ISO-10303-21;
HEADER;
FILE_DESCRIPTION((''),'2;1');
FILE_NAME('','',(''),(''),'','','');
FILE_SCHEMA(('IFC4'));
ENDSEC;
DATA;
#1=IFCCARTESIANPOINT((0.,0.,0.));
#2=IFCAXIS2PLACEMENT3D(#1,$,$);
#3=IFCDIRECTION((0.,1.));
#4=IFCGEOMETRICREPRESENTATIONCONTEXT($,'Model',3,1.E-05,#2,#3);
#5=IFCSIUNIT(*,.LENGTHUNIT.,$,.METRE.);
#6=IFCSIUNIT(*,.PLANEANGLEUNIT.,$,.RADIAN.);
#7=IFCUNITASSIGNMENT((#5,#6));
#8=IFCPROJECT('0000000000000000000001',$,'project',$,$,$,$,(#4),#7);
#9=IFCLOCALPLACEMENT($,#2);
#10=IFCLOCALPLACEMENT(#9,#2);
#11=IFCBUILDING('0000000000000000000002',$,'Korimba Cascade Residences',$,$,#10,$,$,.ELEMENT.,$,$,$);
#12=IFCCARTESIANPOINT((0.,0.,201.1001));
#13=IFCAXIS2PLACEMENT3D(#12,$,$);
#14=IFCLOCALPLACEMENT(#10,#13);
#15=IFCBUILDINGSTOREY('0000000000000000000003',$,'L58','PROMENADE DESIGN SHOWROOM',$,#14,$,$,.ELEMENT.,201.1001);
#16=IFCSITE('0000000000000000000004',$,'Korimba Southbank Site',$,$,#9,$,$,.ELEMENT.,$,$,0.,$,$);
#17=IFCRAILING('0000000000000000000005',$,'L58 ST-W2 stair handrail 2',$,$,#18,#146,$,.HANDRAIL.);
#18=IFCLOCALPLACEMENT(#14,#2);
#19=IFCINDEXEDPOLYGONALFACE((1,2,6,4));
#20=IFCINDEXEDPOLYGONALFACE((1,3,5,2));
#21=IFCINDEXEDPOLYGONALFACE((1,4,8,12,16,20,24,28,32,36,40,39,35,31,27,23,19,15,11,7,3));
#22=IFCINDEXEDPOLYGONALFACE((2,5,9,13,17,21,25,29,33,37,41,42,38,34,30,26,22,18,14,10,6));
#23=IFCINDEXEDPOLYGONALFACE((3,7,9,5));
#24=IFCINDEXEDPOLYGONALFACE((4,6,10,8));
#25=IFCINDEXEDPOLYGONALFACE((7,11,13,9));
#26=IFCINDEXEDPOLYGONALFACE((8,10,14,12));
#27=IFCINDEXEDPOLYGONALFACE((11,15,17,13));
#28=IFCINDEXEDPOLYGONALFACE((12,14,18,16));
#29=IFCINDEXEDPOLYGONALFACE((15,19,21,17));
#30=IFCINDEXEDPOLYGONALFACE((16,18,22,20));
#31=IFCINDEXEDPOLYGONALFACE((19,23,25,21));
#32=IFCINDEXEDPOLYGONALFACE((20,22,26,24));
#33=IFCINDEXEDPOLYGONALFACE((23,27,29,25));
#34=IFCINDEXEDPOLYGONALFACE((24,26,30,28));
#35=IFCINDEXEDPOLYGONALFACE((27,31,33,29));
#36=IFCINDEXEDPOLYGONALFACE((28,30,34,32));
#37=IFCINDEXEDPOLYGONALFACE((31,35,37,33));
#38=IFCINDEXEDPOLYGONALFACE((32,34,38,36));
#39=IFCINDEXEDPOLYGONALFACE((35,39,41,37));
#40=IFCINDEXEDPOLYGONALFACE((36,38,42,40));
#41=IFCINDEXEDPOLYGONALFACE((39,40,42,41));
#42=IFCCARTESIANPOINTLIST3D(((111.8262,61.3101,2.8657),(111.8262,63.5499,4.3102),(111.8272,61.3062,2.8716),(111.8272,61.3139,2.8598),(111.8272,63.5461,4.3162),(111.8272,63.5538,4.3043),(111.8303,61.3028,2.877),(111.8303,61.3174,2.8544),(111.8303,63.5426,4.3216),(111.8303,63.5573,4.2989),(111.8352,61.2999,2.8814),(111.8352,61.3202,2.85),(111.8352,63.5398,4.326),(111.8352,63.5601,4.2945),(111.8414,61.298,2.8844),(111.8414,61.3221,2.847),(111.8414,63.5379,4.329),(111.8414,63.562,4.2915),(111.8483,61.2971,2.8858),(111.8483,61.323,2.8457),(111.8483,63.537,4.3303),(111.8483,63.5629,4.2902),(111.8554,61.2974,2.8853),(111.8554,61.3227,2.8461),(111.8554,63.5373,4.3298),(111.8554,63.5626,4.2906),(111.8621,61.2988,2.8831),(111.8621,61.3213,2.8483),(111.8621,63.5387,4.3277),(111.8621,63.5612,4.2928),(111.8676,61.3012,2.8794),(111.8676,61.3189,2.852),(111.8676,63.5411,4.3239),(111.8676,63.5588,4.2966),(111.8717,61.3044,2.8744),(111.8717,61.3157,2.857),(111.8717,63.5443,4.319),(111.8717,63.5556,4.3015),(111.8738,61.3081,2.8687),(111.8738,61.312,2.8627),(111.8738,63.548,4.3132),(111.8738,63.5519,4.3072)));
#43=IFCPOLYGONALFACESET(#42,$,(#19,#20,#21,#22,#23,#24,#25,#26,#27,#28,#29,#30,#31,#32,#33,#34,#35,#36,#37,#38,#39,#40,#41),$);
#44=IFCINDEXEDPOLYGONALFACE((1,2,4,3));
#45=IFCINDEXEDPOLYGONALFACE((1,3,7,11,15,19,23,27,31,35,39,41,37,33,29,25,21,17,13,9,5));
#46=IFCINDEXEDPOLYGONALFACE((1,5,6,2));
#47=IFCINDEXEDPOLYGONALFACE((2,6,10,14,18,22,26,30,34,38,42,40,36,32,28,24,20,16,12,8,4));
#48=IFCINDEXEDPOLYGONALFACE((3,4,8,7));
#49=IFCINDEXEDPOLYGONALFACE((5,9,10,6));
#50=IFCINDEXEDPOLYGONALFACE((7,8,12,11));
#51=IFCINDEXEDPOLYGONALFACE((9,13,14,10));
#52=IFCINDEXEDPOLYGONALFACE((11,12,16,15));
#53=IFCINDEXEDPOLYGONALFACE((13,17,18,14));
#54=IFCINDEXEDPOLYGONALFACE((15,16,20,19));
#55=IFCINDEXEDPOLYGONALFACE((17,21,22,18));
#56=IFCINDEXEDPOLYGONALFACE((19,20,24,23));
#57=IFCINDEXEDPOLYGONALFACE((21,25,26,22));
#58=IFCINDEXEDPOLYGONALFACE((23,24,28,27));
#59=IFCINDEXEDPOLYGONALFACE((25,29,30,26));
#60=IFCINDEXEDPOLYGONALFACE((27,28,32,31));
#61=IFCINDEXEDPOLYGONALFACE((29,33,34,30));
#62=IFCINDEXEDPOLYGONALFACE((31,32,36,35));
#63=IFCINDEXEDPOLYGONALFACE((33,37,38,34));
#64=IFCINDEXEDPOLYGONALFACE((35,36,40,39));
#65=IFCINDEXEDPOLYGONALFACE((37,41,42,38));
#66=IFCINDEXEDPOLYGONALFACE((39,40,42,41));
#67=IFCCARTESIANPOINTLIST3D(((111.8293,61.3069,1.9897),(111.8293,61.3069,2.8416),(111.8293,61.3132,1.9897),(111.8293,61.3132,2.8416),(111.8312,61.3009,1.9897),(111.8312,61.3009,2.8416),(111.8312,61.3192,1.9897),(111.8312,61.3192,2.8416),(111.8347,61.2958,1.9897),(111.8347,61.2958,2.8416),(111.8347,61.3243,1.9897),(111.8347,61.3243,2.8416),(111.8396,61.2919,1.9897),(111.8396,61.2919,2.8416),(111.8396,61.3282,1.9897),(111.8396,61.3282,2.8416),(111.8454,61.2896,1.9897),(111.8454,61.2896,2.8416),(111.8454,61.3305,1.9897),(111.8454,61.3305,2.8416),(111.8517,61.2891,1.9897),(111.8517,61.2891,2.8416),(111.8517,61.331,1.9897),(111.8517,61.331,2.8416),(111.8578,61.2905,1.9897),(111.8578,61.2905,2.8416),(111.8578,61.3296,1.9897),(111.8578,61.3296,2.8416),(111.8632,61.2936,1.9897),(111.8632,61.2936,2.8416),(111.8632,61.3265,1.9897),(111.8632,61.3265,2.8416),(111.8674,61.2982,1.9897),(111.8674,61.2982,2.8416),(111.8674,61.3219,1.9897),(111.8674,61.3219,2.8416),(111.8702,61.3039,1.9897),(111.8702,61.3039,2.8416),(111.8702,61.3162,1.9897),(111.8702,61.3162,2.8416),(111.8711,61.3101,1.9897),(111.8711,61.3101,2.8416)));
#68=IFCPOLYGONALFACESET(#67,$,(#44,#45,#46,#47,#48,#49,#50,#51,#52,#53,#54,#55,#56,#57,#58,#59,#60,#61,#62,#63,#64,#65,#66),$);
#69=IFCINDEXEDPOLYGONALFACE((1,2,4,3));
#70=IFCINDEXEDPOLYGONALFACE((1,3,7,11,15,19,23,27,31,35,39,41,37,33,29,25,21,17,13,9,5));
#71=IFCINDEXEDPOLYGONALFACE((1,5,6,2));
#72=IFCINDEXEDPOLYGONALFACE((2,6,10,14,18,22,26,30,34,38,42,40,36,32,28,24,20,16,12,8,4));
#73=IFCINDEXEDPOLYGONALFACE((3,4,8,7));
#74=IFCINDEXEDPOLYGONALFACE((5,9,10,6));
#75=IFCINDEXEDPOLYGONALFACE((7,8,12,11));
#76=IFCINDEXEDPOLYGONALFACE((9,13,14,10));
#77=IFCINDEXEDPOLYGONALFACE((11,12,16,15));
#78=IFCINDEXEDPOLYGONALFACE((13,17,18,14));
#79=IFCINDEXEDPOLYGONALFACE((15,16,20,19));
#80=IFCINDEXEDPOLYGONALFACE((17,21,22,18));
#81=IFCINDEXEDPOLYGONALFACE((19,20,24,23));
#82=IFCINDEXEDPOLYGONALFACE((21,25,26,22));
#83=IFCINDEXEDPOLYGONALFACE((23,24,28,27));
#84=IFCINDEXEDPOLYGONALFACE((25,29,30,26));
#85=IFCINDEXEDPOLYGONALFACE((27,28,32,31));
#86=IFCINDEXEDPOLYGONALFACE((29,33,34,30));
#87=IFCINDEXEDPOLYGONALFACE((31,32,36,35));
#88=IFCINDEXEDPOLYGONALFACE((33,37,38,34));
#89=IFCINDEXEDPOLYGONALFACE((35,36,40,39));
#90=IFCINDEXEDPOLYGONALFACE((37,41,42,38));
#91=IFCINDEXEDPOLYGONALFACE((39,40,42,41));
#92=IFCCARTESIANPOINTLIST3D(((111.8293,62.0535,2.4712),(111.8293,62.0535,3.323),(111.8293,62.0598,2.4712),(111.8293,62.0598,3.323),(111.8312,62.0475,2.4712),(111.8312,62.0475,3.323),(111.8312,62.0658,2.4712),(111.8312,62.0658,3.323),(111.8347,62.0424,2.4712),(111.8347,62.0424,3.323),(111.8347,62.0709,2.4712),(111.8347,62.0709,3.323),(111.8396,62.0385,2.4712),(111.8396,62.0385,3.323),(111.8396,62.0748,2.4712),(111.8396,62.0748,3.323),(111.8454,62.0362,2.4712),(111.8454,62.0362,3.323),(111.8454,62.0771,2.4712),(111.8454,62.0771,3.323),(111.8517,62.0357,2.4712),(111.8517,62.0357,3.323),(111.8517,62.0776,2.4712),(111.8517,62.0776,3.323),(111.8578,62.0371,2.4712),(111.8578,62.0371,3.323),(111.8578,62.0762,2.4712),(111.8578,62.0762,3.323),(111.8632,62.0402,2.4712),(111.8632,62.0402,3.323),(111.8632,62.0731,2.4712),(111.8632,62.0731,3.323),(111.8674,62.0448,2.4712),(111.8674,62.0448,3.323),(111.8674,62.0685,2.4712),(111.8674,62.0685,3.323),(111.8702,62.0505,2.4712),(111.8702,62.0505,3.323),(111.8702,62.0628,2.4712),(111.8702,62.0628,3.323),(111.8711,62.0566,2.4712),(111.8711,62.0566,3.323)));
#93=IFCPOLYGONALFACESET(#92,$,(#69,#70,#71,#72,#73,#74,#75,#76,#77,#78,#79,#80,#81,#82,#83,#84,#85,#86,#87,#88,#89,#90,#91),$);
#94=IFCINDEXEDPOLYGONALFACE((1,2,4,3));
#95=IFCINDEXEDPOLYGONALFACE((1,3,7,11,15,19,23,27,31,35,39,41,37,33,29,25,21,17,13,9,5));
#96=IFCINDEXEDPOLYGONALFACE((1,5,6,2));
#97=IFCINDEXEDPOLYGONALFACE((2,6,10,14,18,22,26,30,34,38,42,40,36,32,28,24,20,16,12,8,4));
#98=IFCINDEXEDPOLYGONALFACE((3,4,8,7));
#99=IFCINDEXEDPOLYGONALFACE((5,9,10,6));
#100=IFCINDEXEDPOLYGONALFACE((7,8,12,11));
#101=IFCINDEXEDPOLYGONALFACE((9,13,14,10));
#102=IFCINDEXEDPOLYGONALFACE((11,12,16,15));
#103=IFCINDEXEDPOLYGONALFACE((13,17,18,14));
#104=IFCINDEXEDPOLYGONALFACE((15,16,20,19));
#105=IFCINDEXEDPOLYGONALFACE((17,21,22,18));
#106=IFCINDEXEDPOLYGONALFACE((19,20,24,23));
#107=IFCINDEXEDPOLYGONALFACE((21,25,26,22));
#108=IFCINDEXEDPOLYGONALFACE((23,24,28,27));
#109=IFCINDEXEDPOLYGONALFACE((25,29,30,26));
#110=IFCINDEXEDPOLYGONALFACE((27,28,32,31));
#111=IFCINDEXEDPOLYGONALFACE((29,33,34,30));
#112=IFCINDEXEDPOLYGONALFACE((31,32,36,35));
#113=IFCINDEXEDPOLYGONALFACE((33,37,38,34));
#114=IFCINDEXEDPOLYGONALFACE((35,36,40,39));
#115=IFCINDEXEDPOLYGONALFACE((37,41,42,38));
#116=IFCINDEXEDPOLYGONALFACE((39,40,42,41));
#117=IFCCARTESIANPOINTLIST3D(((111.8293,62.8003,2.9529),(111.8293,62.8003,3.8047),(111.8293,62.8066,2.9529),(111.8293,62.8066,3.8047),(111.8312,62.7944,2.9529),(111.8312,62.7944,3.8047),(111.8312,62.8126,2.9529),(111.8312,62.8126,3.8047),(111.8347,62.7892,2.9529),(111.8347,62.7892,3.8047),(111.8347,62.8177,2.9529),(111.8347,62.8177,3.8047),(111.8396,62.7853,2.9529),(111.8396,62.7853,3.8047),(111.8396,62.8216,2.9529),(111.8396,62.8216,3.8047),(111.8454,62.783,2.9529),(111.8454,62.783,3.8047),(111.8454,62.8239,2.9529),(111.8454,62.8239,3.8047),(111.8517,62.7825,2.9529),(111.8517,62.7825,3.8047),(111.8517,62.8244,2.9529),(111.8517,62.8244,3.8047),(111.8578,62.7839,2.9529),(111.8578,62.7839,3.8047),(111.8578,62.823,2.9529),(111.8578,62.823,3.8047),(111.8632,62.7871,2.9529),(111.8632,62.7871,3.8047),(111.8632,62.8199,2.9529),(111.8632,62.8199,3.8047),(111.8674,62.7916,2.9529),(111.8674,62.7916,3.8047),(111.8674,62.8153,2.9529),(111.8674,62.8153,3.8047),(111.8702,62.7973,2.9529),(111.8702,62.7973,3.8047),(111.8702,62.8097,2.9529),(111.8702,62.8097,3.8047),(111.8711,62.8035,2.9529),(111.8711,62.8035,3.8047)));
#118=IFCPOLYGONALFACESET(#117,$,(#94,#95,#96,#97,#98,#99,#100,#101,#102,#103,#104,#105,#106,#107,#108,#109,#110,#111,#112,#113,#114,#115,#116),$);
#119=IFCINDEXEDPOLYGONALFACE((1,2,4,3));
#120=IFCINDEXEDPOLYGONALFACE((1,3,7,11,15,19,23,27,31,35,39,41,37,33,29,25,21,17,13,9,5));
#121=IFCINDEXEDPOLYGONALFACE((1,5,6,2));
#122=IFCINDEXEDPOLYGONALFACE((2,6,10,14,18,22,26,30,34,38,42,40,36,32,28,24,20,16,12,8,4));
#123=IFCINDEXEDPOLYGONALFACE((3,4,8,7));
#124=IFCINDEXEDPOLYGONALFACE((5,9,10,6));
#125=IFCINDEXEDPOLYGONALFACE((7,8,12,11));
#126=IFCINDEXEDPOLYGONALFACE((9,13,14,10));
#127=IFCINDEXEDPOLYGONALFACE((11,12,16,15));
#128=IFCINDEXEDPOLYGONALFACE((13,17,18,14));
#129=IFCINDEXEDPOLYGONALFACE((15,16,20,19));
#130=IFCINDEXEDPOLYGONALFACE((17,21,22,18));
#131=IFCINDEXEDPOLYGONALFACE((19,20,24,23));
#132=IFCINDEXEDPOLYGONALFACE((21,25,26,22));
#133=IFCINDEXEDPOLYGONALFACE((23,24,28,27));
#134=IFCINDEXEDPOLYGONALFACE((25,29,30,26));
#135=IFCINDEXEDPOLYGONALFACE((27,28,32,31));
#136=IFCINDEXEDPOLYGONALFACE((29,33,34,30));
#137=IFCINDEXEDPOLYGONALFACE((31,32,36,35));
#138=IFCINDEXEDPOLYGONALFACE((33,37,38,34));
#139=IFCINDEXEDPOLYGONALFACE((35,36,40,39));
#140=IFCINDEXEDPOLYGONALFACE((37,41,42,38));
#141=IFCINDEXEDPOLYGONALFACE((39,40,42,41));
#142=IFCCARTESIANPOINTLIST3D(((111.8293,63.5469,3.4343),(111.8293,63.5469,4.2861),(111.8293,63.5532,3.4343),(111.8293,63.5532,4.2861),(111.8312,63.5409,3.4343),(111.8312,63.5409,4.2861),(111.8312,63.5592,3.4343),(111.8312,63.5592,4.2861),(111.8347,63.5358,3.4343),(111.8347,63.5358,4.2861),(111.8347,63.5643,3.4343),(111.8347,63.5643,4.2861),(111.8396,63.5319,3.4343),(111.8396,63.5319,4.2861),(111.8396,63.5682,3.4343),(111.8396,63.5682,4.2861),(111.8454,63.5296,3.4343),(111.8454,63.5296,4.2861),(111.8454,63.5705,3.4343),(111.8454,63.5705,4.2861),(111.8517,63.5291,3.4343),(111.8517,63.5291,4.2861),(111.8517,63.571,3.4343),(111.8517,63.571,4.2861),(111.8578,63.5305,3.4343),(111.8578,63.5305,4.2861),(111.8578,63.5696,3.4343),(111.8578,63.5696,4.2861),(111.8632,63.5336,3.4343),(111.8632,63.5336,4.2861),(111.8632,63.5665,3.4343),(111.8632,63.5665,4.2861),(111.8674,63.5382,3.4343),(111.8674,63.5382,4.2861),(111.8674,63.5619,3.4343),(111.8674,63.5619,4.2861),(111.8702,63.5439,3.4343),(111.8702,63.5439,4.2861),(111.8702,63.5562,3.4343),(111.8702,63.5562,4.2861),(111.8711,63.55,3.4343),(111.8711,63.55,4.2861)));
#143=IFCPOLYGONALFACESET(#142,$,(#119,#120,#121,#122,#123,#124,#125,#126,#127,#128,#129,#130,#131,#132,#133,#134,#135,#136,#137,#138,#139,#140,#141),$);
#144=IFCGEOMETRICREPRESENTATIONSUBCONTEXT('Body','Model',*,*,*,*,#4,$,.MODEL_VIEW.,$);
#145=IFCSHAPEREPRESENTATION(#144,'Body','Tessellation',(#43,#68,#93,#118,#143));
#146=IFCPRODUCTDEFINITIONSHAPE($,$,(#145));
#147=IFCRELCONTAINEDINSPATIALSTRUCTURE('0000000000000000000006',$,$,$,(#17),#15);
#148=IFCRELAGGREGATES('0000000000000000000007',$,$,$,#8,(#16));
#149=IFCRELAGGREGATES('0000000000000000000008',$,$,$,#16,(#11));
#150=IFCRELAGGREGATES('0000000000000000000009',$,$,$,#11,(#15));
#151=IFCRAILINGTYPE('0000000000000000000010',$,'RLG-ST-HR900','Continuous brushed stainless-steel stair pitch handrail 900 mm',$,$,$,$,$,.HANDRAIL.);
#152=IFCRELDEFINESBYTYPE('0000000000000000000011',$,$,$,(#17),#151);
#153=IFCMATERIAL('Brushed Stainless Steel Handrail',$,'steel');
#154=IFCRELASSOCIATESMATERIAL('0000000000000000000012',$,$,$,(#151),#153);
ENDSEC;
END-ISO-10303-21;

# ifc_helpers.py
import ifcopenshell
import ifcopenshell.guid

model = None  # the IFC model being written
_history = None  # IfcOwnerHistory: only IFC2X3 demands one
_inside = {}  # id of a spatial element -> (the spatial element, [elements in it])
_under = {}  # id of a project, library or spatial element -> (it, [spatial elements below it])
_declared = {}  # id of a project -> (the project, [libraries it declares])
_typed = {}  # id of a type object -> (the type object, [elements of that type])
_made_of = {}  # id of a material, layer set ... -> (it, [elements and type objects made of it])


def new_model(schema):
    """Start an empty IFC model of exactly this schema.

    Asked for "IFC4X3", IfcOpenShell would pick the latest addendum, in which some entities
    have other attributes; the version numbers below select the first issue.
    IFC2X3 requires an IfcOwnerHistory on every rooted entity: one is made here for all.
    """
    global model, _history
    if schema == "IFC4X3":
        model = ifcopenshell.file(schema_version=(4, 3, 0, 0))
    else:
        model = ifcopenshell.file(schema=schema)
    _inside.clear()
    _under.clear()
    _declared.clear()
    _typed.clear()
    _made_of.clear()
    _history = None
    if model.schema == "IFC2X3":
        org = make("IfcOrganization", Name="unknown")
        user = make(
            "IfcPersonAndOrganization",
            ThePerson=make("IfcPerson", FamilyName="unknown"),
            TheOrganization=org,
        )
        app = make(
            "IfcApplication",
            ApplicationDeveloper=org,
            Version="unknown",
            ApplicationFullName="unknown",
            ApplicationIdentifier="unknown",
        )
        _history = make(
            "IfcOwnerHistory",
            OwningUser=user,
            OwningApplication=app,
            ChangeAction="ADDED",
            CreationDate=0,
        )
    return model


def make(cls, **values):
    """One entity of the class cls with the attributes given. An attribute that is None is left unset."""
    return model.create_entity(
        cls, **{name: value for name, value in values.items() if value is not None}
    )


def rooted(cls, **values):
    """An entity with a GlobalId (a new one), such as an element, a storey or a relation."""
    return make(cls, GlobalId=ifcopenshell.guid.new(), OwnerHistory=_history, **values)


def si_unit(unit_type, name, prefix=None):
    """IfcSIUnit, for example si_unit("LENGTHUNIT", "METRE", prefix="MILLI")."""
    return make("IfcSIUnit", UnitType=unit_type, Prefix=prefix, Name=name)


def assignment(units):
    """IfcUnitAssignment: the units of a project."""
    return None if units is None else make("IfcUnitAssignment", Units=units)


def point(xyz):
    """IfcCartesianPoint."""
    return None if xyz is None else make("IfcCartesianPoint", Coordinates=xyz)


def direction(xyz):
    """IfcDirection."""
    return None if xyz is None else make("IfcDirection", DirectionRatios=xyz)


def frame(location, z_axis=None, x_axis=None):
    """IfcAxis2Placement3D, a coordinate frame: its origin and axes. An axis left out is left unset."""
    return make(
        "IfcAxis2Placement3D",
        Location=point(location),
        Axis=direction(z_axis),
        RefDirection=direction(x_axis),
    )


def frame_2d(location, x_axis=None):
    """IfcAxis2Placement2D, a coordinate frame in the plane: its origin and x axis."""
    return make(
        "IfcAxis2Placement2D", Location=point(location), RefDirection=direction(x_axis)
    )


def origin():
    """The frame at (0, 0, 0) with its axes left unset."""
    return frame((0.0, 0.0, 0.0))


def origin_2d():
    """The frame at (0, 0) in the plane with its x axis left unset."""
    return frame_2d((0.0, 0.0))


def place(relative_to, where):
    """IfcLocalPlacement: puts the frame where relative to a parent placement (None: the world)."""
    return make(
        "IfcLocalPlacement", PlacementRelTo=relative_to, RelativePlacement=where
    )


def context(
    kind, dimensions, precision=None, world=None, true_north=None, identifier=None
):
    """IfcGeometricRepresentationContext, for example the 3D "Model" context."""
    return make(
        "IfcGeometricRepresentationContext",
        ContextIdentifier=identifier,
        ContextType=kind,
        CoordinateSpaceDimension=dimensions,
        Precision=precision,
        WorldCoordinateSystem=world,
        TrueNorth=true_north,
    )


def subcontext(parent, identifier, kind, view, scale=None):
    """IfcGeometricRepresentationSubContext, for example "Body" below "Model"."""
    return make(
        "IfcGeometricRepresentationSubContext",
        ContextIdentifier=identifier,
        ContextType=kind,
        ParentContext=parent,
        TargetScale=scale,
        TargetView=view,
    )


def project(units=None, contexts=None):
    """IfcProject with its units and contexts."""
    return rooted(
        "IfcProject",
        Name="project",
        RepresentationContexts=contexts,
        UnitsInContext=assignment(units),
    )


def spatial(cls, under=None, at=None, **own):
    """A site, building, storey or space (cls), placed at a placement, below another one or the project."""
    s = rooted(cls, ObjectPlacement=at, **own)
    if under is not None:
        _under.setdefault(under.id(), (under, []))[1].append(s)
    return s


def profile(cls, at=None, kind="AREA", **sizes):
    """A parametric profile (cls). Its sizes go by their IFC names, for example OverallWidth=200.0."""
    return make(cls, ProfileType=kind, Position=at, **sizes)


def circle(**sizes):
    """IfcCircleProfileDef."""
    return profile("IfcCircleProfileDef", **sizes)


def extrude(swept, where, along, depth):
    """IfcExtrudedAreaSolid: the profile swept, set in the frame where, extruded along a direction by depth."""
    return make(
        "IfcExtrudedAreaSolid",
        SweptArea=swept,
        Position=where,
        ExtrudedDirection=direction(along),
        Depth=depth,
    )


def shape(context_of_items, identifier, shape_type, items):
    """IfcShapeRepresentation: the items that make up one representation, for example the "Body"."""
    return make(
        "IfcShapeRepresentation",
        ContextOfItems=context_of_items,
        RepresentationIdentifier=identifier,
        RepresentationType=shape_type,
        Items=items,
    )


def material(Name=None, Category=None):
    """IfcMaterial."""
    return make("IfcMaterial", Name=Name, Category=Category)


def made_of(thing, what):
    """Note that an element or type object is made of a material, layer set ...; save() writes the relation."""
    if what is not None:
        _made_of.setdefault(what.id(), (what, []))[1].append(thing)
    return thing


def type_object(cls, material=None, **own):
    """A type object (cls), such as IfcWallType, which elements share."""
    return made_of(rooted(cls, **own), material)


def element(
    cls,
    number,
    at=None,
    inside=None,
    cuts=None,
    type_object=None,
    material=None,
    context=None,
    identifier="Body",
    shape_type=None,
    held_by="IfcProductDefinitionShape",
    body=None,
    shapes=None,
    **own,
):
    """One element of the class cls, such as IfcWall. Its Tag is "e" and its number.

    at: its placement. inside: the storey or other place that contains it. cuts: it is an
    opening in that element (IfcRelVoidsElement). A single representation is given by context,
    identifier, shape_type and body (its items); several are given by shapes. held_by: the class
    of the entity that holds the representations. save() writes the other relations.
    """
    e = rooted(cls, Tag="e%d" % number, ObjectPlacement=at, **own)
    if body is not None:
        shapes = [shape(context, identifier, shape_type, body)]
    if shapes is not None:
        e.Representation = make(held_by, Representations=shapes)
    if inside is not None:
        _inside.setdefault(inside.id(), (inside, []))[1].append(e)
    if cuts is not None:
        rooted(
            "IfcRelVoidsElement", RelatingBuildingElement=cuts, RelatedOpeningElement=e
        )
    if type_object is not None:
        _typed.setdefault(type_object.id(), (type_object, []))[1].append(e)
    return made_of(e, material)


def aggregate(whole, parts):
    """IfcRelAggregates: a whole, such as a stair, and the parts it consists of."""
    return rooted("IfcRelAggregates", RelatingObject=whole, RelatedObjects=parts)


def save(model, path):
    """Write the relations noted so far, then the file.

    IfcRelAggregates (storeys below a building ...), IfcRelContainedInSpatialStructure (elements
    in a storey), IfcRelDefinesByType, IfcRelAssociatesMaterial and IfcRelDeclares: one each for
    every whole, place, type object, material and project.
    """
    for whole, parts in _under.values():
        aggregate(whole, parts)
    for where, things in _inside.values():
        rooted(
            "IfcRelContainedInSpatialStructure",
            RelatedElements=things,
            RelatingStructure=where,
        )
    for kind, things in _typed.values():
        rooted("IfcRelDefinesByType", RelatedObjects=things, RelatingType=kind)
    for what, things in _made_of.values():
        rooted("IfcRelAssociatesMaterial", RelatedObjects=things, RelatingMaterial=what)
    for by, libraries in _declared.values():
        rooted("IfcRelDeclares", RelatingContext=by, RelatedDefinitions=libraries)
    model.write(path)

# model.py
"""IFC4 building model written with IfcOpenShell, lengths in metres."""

from ifc_helpers import new_model, si_unit, direction, frame, origin, origin_2d, place, context, subcontext, project, spatial, circle, extrude, material, type_object, element, save


model = new_model("IFC4")

# Units and contexts
model_context = context("Model", 3, precision=1e-05, world=origin(), true_north=direction((0.0, 1.0)))
body_context = subcontext(model_context, "Body", "Model", "MODEL_VIEW")
ifc_project = project(units=[si_unit("LENGTHUNIT", "METRE"), si_unit("PLANEANGLEUNIT", "RADIAN")], contexts=[model_context])

# Site, building, storey
site_placement = place(None, origin())
site = spatial("IfcSite", under=ifc_project, at=site_placement, Name="Korimba Southbank Site", CompositionType="ELEMENT", RefElevation=0.0)
building_placement = place(site_placement, origin())
building = spatial("IfcBuilding", under=site, at=building_placement, Name="Korimba Cascade Residences", CompositionType="ELEMENT")
storey_placement = place(building_placement, frame((0.0, 0.0, 201.1001)))
storey = spatial("IfcBuildingStorey", under=building, at=storey_placement, Name="L58", Description="PROMENADE DESIGN SHOWROOM", CompositionType="ELEMENT", Elevation=201.1001)

# Railing
ifc_material_1 = material(Name="Brushed Stainless Steel Handrail", Category="steel")
railing_type_1 = type_object("IfcRailingType", Name="RLG-ST-HR900", Description="Continuous brushed stainless-steel stair pitch handrail 900 mm", PredefinedType="HANDRAIL", material=ifc_material_1)
railing_1_placement = place(storey_placement, frame((111.8501, 61.3101, 1.9897)))
element("IfcRailing", 1, at=railing_1_placement, inside=storey, type_object=railing_type_1, Name="L58 ST-W2 stair handrail 2", PredefinedType="HANDRAIL", context=body_context, shape_type="SweptSolid", body=[
    extrude(circle(Radius=0.0239, at=origin_2d()), frame((0.0, 0.0, 0.876), z_axis=(0.0, 0.840395, 0.541975), x_axis=(-1.0, 0.0, 0.0)), (0.0, 0.0, 1.0), 2.6653),
    extrude(circle(Radius=0.021, at=origin_2d()), origin(), (0.0, 0.0, 1.0), 0.8518),
    extrude(circle(Radius=0.021, at=origin_2d()), frame((0.0, 0.7466, 0.4814)), (0.0, 0.0, 1.0), 0.8518),
    extrude(circle(Radius=0.021, at=origin_2d()), frame((0.0, 1.4934, 0.9631)), (0.0, 0.0, 1.0), 0.8518),
    extrude(circle(Radius=0.021, at=origin_2d()), frame((0.0, 2.24, 1.4446)), (0.0, 0.0, 1.0), 0.8518),
])

save(model, "model.ifc")
